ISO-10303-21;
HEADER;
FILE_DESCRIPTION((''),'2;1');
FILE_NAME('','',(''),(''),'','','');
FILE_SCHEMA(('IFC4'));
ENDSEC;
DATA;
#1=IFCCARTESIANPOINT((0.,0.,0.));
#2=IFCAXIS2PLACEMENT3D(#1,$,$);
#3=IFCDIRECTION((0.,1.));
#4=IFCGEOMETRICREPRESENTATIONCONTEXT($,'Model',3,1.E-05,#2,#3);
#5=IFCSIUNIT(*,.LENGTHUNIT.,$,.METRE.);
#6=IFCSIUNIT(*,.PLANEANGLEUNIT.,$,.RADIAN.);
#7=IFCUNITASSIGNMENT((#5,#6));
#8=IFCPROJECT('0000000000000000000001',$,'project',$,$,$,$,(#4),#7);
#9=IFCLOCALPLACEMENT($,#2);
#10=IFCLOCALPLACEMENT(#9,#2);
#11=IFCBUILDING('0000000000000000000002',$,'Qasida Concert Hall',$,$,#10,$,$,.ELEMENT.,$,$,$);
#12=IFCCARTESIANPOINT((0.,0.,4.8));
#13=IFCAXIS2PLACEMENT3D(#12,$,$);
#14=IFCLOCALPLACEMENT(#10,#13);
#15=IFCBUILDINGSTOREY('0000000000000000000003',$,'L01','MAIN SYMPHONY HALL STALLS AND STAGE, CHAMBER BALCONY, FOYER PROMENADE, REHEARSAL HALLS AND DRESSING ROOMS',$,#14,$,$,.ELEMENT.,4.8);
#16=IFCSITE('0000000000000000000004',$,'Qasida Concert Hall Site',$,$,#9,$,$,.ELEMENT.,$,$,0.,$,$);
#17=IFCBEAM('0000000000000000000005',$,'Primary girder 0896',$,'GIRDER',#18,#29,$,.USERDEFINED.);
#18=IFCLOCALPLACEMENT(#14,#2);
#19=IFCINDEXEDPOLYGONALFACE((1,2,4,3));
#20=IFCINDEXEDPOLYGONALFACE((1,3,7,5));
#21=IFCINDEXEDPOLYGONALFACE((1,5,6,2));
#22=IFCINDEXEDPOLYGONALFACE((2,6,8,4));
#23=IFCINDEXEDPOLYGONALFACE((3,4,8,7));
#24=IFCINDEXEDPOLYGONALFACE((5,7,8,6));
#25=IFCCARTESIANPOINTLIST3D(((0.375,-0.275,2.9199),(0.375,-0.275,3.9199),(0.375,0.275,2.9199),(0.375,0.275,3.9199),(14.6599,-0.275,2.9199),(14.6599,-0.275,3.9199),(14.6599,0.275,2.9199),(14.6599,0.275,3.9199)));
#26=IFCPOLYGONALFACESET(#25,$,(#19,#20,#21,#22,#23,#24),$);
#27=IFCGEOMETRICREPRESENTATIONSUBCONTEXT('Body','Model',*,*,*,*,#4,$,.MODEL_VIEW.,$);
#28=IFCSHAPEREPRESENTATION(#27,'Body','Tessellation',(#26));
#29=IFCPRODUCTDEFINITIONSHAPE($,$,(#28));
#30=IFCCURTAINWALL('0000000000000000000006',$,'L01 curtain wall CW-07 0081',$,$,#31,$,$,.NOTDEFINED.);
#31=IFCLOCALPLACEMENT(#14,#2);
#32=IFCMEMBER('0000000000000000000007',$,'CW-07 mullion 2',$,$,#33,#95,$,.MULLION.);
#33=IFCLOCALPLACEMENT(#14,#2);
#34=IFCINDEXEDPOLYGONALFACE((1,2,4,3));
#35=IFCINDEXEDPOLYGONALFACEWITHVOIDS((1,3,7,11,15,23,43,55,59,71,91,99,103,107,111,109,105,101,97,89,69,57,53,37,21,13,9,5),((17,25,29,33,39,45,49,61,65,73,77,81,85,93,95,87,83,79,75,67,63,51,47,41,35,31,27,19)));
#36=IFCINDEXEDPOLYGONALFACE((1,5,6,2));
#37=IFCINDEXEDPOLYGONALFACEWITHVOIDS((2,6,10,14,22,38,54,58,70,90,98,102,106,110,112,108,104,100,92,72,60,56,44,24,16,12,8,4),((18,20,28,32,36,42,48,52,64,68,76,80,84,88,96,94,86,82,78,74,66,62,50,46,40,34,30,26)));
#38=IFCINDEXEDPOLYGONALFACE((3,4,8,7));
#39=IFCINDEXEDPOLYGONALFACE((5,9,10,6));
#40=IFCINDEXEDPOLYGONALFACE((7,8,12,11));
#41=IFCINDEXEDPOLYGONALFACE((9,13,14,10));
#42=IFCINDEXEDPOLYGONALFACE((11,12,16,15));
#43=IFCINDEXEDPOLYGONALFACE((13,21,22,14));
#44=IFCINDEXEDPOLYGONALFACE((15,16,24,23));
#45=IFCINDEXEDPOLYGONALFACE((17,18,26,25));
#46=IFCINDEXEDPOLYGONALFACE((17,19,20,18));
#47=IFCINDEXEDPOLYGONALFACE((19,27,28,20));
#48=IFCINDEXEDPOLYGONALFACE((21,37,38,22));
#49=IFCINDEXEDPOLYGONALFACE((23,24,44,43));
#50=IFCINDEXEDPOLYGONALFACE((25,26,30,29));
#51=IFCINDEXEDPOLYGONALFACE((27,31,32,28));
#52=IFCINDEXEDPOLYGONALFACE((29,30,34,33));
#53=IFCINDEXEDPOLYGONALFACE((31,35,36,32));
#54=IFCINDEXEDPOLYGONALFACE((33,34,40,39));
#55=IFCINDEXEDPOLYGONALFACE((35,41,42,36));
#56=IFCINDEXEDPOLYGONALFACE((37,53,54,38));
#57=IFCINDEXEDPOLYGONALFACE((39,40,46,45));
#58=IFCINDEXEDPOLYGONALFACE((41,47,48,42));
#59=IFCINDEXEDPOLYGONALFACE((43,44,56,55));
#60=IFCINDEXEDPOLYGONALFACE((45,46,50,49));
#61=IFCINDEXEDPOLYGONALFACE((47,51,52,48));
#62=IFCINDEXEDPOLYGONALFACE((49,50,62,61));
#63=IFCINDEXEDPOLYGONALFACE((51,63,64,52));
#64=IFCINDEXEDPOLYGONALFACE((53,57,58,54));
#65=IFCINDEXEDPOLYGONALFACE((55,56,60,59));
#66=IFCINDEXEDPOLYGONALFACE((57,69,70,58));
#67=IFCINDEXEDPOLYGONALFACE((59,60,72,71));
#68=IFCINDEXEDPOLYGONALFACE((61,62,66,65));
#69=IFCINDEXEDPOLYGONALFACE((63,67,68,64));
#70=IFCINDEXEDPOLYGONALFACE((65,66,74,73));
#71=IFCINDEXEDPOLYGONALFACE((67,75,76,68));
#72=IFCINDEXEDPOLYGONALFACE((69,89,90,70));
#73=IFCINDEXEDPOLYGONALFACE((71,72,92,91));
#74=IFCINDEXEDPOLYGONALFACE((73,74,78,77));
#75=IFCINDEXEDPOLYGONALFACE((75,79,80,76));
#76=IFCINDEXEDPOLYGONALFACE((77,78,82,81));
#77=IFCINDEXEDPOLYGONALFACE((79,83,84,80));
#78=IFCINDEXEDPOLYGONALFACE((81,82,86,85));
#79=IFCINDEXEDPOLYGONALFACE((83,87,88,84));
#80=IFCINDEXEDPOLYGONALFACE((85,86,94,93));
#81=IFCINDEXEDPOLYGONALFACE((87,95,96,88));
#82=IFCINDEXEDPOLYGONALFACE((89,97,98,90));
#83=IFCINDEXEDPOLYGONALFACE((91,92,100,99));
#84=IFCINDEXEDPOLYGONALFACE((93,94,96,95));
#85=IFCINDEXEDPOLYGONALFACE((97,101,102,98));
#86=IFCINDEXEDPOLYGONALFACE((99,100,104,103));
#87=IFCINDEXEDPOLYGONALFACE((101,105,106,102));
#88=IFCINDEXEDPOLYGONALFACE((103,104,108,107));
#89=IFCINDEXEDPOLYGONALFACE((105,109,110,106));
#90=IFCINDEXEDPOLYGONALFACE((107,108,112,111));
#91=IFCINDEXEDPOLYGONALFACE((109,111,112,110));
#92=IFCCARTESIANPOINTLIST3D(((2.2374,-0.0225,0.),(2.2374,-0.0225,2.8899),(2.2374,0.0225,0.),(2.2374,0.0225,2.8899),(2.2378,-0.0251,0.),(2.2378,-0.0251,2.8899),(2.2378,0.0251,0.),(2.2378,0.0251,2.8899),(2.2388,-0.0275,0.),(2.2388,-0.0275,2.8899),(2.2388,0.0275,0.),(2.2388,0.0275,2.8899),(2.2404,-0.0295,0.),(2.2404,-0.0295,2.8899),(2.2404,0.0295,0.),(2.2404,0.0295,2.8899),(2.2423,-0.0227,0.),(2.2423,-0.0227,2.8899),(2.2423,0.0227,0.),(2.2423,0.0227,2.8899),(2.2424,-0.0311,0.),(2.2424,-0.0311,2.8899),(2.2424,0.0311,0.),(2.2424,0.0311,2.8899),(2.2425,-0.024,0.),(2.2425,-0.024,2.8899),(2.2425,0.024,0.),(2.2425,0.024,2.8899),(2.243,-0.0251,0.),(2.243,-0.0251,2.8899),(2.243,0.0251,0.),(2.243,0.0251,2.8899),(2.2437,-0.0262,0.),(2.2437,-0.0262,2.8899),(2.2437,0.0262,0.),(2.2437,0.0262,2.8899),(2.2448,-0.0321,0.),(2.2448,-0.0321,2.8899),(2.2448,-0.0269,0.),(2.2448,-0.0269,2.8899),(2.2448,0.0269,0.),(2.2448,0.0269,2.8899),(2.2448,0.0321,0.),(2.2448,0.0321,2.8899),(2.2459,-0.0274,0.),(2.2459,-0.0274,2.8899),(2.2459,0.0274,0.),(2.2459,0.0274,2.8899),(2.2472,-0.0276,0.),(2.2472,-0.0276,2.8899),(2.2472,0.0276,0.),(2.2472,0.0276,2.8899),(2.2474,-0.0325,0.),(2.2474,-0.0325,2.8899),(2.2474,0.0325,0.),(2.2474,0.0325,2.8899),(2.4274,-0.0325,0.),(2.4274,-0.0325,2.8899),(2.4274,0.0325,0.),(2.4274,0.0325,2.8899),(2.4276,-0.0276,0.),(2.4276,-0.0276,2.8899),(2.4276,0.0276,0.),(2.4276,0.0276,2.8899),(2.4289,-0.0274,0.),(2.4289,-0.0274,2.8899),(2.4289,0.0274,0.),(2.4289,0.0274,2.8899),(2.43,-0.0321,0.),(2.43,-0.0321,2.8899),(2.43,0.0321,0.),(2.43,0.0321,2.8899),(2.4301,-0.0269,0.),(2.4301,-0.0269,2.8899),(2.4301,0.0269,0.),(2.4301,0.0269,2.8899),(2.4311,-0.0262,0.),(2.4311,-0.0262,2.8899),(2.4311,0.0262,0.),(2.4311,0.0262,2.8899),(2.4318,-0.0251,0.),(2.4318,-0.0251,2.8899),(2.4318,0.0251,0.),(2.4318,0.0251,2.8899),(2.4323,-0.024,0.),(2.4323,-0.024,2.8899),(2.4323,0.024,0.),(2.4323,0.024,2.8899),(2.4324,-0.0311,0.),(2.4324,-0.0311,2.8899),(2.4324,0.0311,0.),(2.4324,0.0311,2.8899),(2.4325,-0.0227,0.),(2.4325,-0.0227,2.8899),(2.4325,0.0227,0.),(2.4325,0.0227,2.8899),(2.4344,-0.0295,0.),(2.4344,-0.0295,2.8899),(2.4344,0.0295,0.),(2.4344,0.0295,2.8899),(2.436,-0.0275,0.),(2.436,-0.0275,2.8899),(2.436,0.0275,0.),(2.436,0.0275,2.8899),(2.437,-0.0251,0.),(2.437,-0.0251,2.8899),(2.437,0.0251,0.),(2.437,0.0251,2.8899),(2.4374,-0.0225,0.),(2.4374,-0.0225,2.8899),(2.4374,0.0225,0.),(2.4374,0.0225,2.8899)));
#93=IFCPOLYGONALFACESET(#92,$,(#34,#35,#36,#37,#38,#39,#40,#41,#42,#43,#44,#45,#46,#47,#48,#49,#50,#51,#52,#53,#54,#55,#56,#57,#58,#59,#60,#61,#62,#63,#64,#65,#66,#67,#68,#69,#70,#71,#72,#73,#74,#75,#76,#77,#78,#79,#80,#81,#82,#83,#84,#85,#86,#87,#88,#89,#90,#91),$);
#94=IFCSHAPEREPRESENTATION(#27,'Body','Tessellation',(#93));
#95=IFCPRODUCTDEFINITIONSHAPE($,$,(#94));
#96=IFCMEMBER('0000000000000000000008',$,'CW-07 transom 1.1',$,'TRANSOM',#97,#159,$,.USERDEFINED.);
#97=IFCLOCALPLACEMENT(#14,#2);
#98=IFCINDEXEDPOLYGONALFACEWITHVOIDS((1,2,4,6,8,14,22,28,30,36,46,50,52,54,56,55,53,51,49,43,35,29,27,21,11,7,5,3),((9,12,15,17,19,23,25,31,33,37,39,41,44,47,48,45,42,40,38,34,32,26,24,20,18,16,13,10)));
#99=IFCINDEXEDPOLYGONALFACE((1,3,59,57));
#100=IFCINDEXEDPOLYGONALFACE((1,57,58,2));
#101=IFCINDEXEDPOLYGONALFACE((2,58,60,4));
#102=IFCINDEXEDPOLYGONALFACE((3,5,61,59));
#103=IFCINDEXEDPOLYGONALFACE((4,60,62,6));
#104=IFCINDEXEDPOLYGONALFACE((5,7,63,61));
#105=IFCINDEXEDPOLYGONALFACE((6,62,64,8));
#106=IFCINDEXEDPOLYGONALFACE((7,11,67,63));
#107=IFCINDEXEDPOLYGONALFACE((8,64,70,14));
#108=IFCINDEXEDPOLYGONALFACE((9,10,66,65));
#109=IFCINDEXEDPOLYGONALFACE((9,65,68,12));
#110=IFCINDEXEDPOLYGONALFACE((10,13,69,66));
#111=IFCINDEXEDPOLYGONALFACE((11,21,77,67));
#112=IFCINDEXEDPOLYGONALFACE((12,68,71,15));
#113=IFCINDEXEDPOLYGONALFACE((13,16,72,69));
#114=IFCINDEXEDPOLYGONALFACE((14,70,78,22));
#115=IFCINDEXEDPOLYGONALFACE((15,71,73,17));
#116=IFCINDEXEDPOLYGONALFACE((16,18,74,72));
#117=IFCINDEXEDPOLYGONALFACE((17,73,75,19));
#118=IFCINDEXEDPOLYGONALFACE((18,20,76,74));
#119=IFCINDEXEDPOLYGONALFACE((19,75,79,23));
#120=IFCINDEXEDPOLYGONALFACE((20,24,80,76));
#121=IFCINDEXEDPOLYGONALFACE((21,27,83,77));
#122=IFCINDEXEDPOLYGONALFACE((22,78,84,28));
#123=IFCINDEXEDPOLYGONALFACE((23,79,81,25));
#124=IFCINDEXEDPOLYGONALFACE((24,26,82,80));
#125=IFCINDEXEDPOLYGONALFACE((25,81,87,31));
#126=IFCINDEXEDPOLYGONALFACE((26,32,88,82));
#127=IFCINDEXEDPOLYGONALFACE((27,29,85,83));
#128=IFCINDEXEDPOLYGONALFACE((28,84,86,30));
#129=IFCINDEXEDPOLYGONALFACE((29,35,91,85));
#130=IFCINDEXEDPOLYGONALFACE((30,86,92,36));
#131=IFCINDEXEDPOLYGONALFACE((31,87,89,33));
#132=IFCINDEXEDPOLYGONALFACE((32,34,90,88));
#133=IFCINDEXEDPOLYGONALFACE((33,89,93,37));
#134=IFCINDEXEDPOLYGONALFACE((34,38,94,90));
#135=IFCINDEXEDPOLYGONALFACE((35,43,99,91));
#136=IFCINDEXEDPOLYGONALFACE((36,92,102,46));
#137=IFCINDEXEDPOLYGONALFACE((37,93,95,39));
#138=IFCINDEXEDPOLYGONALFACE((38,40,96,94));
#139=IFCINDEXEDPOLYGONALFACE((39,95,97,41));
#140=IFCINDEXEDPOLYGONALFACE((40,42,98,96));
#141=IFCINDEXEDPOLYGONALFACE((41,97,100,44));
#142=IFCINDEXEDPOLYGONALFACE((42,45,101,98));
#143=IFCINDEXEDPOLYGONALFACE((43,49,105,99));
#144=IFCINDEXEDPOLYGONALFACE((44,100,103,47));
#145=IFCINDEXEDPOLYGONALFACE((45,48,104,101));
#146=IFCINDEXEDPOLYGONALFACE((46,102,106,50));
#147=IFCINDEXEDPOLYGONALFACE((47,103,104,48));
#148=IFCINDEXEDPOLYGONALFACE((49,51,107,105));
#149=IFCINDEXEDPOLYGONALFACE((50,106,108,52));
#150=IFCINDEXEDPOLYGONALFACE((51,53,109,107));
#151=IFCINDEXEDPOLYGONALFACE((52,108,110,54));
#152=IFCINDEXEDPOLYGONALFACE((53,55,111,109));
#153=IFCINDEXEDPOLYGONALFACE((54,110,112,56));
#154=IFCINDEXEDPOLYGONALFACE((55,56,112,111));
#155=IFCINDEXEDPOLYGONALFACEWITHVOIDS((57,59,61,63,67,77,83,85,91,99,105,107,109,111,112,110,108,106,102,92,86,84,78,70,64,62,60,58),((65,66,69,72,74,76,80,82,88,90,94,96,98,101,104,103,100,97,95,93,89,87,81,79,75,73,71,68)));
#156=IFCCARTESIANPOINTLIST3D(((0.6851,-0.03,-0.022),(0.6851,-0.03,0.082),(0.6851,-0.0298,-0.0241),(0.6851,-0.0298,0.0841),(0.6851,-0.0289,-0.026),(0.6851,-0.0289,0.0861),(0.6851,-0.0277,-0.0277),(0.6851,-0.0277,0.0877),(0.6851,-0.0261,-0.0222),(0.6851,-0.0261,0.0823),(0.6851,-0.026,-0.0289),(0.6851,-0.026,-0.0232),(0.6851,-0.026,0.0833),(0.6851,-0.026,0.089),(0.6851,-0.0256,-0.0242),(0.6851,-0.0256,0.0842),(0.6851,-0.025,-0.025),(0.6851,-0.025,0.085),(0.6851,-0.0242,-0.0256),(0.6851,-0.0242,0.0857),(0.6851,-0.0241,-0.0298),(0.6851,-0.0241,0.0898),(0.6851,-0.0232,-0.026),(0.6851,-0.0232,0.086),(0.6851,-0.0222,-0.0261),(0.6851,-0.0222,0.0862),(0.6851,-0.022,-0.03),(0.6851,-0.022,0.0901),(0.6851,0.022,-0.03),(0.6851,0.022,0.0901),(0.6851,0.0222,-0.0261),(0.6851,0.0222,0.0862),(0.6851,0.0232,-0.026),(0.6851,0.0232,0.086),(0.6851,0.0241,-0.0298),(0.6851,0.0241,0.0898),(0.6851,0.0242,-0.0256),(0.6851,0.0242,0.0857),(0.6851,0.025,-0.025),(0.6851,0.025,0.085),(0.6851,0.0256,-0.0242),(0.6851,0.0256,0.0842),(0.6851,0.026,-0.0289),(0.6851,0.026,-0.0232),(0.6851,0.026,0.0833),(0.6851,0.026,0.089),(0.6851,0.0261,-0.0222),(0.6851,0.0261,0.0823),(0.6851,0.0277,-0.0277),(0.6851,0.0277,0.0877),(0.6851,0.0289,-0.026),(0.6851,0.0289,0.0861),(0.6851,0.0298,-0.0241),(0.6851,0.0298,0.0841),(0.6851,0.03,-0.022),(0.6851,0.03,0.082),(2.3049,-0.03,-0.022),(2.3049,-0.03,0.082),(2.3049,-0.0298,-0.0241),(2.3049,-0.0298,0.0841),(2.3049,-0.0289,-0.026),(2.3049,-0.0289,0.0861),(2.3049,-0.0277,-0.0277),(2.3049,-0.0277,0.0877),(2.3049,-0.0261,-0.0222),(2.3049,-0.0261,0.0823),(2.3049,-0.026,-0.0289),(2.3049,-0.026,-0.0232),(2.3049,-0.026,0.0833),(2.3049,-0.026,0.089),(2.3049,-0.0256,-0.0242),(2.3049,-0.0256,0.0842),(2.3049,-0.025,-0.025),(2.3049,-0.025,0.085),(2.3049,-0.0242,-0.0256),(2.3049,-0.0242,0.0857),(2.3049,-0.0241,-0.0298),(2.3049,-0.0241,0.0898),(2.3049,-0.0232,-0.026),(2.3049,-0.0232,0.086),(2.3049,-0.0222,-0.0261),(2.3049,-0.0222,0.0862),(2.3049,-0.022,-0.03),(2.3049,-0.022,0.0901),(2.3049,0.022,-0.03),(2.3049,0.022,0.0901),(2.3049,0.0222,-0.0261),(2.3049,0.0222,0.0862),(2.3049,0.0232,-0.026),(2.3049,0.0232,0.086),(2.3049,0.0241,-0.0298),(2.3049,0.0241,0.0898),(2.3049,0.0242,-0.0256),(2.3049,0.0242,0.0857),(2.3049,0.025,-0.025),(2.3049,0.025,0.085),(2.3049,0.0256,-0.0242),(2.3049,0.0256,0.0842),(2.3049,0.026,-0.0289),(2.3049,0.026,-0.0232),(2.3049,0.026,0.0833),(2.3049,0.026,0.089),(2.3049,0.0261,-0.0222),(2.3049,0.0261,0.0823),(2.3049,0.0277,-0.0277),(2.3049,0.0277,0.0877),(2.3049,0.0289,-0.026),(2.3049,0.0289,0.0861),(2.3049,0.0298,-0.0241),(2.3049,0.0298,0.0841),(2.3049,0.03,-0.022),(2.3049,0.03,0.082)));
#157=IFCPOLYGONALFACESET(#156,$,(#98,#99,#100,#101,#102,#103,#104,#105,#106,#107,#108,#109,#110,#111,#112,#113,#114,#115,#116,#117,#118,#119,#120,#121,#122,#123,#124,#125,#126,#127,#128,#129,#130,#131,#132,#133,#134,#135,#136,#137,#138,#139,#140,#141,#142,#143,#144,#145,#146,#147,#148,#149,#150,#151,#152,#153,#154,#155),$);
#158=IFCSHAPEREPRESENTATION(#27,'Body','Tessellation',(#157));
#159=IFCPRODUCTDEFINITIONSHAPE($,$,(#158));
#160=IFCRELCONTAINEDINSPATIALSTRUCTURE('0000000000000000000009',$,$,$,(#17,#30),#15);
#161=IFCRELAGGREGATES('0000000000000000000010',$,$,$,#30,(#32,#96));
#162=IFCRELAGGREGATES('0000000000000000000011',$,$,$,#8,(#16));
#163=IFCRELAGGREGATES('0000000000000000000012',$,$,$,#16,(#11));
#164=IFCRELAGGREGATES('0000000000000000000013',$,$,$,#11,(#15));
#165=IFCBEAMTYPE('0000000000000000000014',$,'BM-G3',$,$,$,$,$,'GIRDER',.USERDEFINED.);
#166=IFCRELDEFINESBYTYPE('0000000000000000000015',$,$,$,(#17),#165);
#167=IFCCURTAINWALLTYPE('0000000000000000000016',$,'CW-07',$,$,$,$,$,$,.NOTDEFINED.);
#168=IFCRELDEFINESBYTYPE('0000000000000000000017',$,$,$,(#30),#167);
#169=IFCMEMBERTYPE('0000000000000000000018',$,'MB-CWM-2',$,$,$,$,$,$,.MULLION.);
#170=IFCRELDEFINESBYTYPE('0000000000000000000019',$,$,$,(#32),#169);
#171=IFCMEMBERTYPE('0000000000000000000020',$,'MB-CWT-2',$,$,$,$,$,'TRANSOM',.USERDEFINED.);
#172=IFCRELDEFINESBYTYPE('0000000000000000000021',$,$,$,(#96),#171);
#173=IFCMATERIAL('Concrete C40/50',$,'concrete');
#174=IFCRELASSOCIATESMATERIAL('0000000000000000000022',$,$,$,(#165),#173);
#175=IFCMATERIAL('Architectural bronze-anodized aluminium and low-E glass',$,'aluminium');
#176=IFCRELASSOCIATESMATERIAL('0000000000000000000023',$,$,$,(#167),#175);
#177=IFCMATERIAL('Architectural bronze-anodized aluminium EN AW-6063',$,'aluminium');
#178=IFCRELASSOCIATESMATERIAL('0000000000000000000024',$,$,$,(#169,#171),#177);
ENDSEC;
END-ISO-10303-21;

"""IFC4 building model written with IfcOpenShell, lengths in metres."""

from ifc_helpers import new_model, si_unit, direction, frame, origin, origin_2d, place, context, subcontext, project, spatial, rectangle, hollow_rectangle, extrude, material, material_profile, profile_set, type_object, element, aggregate, save


model = new_model("IFC4")

# Units and contexts
model_context = context("Model", 3, precision=1e-05, world=origin(), true_north=direction((0.0, 1.0)))
body_context = subcontext(model_context, "Body", "Model", "MODEL_VIEW")
ifc_project = project(units=[si_unit("LENGTHUNIT", "METRE"), si_unit("PLANEANGLEUNIT", "RADIAN")], contexts=[model_context])

# Site, building, storey
site_placement = place(None, origin())
site = spatial("IfcSite", under=ifc_project, at=site_placement, Name="Qasida Concert Hall Site", CompositionType="ELEMENT", RefElevation=0.0)
building_placement = place(site_placement, origin())
building = spatial("IfcBuilding", under=site, at=building_placement, Name="Qasida Concert Hall", CompositionType="ELEMENT")
storey_placement = place(building_placement, frame((0.0, 0.0, 4.8)))
storey = spatial("IfcBuildingStorey", under=building, at=storey_placement, Name="L01", Description="MAIN SYMPHONY HALL STALLS AND STAGE, CHAMBER BALCONY, FOYER PROMENADE, REHEARSAL HALLS AND DRESSING ROOMS", CompositionType="ELEMENT", Elevation=4.8)

# Beam
ifc_material_1 = material(Name="Concrete C40/50", Category="concrete")
ifc_material_profile_1 = material_profile(ifc_material_1, rectangle(XDim=0.55, YDim=1.0, at=origin_2d()), Name="RC 550x1000")
ifc_profile_set_1 = profile_set([ifc_material_profile_1], Name="Concrete C40/50")
beam_type = type_object("IfcBeamType", Name="BM-G3", ElementType="GIRDER", PredefinedType="USERDEFINED", material=ifc_profile_set_1)
beam_placement = place(storey_placement, frame((0.375, 0.0, 3.4199), z_axis=(1.0, 0.0, 0.0), x_axis=(0.0, 1.0, 0.0)))
element("IfcBeam", 1, at=beam_placement, inside=storey, type_object=beam_type, Name="Primary girder 0896", ObjectType="GIRDER", PredefinedType="USERDEFINED", context=body_context, shape_type="SweptSolid", body=[
    extrude(rectangle(XDim=0.55, YDim=1.0, at=origin_2d()), origin(), (0.0, 0.0, 1.0), 14.2849),
])

# Curtain wall, members
ifc_material_2 = material(Name="Architectural bronze-anodized aluminium and low-E glass", Category="aluminium")
curtain_wall_type = type_object("IfcCurtainWallType", Name="CW-07", PredefinedType="NOTDEFINED", material=ifc_material_2)
curtain_wall_placement = place(storey_placement, origin())
curtain_wall = element("IfcCurtainWall", 2, at=curtain_wall_placement, inside=storey, type_object=curtain_wall_type, Name="L01 curtain wall CW-07 0081", PredefinedType="NOTDEFINED")
ifc_material_3 = material(Name="Architectural bronze-anodized aluminium EN AW-6063", Category="aluminium")
ifc_material_profile_2 = material_profile(ifc_material_3, hollow_rectangle(XDim=0.0649, YDim=0.2, WallThickness=0.0049, InnerFilletRadius=0.0049, OuterFilletRadius=0.01, at=origin_2d()), Name="CWM 200x65x5")
ifc_profile_set_2 = profile_set([ifc_material_profile_2], Name="Architectural bronze-anodized aluminium EN AW-6063")
member_type_1 = type_object("IfcMemberType", Name="MB-CWM-2", PredefinedType="MULLION", material=ifc_profile_set_2)
member_1_placement = place(storey_placement, frame((2.3374, 0.0, 0.0), z_axis=(0.0, 0.0, 1.0), x_axis=(0.0, 1.0, 0.0)))
member_1 = element("IfcMember", 3, at=member_1_placement, type_object=member_type_1, Name="CW-07 mullion 2", PredefinedType="MULLION", context=body_context, shape_type="SweptSolid", body=[
    extrude(hollow_rectangle(XDim=0.0649, YDim=0.2, WallThickness=0.0049, InnerFilletRadius=0.0049, OuterFilletRadius=0.01, at=origin_2d()), origin(), (0.0, 0.0, 1.0), 2.8899),
])
ifc_material_profile_3 = material_profile(ifc_material_3, hollow_rectangle(XDim=0.0601, YDim=0.1201, WallThickness=0.0039, InnerFilletRadius=0.0039, OuterFilletRadius=0.0081, at=origin_2d()), Name="CWT 120x60x4")
ifc_profile_set_3 = profile_set([ifc_material_profile_3], Name="Architectural bronze-anodized aluminium EN AW-6063")
member_type_2 = type_object("IfcMemberType", Name="MB-CWT-2", ElementType="TRANSOM", PredefinedType="USERDEFINED", material=ifc_profile_set_3)
member_2_placement = place(storey_placement, frame((0.6851, 0.0, 0.03), z_axis=(1.0, 0.0, 0.0), x_axis=(0.0, 1.0, 0.0)))
member_2 = element("IfcMember", 4, at=member_2_placement, type_object=member_type_2, Name="CW-07 transom 1.1", ObjectType="TRANSOM", PredefinedType="USERDEFINED", context=body_context, shape_type="SweptSolid", body=[
    extrude(hollow_rectangle(XDim=0.0601, YDim=0.1201, WallThickness=0.0039, InnerFilletRadius=0.0039, OuterFilletRadius=0.0081, at=origin_2d()), origin(), (0.0, 0.0, 1.0), 1.6199),
])
aggregate(curtain_wall, [member_1, member_2])

save(model, "model.ifc")
